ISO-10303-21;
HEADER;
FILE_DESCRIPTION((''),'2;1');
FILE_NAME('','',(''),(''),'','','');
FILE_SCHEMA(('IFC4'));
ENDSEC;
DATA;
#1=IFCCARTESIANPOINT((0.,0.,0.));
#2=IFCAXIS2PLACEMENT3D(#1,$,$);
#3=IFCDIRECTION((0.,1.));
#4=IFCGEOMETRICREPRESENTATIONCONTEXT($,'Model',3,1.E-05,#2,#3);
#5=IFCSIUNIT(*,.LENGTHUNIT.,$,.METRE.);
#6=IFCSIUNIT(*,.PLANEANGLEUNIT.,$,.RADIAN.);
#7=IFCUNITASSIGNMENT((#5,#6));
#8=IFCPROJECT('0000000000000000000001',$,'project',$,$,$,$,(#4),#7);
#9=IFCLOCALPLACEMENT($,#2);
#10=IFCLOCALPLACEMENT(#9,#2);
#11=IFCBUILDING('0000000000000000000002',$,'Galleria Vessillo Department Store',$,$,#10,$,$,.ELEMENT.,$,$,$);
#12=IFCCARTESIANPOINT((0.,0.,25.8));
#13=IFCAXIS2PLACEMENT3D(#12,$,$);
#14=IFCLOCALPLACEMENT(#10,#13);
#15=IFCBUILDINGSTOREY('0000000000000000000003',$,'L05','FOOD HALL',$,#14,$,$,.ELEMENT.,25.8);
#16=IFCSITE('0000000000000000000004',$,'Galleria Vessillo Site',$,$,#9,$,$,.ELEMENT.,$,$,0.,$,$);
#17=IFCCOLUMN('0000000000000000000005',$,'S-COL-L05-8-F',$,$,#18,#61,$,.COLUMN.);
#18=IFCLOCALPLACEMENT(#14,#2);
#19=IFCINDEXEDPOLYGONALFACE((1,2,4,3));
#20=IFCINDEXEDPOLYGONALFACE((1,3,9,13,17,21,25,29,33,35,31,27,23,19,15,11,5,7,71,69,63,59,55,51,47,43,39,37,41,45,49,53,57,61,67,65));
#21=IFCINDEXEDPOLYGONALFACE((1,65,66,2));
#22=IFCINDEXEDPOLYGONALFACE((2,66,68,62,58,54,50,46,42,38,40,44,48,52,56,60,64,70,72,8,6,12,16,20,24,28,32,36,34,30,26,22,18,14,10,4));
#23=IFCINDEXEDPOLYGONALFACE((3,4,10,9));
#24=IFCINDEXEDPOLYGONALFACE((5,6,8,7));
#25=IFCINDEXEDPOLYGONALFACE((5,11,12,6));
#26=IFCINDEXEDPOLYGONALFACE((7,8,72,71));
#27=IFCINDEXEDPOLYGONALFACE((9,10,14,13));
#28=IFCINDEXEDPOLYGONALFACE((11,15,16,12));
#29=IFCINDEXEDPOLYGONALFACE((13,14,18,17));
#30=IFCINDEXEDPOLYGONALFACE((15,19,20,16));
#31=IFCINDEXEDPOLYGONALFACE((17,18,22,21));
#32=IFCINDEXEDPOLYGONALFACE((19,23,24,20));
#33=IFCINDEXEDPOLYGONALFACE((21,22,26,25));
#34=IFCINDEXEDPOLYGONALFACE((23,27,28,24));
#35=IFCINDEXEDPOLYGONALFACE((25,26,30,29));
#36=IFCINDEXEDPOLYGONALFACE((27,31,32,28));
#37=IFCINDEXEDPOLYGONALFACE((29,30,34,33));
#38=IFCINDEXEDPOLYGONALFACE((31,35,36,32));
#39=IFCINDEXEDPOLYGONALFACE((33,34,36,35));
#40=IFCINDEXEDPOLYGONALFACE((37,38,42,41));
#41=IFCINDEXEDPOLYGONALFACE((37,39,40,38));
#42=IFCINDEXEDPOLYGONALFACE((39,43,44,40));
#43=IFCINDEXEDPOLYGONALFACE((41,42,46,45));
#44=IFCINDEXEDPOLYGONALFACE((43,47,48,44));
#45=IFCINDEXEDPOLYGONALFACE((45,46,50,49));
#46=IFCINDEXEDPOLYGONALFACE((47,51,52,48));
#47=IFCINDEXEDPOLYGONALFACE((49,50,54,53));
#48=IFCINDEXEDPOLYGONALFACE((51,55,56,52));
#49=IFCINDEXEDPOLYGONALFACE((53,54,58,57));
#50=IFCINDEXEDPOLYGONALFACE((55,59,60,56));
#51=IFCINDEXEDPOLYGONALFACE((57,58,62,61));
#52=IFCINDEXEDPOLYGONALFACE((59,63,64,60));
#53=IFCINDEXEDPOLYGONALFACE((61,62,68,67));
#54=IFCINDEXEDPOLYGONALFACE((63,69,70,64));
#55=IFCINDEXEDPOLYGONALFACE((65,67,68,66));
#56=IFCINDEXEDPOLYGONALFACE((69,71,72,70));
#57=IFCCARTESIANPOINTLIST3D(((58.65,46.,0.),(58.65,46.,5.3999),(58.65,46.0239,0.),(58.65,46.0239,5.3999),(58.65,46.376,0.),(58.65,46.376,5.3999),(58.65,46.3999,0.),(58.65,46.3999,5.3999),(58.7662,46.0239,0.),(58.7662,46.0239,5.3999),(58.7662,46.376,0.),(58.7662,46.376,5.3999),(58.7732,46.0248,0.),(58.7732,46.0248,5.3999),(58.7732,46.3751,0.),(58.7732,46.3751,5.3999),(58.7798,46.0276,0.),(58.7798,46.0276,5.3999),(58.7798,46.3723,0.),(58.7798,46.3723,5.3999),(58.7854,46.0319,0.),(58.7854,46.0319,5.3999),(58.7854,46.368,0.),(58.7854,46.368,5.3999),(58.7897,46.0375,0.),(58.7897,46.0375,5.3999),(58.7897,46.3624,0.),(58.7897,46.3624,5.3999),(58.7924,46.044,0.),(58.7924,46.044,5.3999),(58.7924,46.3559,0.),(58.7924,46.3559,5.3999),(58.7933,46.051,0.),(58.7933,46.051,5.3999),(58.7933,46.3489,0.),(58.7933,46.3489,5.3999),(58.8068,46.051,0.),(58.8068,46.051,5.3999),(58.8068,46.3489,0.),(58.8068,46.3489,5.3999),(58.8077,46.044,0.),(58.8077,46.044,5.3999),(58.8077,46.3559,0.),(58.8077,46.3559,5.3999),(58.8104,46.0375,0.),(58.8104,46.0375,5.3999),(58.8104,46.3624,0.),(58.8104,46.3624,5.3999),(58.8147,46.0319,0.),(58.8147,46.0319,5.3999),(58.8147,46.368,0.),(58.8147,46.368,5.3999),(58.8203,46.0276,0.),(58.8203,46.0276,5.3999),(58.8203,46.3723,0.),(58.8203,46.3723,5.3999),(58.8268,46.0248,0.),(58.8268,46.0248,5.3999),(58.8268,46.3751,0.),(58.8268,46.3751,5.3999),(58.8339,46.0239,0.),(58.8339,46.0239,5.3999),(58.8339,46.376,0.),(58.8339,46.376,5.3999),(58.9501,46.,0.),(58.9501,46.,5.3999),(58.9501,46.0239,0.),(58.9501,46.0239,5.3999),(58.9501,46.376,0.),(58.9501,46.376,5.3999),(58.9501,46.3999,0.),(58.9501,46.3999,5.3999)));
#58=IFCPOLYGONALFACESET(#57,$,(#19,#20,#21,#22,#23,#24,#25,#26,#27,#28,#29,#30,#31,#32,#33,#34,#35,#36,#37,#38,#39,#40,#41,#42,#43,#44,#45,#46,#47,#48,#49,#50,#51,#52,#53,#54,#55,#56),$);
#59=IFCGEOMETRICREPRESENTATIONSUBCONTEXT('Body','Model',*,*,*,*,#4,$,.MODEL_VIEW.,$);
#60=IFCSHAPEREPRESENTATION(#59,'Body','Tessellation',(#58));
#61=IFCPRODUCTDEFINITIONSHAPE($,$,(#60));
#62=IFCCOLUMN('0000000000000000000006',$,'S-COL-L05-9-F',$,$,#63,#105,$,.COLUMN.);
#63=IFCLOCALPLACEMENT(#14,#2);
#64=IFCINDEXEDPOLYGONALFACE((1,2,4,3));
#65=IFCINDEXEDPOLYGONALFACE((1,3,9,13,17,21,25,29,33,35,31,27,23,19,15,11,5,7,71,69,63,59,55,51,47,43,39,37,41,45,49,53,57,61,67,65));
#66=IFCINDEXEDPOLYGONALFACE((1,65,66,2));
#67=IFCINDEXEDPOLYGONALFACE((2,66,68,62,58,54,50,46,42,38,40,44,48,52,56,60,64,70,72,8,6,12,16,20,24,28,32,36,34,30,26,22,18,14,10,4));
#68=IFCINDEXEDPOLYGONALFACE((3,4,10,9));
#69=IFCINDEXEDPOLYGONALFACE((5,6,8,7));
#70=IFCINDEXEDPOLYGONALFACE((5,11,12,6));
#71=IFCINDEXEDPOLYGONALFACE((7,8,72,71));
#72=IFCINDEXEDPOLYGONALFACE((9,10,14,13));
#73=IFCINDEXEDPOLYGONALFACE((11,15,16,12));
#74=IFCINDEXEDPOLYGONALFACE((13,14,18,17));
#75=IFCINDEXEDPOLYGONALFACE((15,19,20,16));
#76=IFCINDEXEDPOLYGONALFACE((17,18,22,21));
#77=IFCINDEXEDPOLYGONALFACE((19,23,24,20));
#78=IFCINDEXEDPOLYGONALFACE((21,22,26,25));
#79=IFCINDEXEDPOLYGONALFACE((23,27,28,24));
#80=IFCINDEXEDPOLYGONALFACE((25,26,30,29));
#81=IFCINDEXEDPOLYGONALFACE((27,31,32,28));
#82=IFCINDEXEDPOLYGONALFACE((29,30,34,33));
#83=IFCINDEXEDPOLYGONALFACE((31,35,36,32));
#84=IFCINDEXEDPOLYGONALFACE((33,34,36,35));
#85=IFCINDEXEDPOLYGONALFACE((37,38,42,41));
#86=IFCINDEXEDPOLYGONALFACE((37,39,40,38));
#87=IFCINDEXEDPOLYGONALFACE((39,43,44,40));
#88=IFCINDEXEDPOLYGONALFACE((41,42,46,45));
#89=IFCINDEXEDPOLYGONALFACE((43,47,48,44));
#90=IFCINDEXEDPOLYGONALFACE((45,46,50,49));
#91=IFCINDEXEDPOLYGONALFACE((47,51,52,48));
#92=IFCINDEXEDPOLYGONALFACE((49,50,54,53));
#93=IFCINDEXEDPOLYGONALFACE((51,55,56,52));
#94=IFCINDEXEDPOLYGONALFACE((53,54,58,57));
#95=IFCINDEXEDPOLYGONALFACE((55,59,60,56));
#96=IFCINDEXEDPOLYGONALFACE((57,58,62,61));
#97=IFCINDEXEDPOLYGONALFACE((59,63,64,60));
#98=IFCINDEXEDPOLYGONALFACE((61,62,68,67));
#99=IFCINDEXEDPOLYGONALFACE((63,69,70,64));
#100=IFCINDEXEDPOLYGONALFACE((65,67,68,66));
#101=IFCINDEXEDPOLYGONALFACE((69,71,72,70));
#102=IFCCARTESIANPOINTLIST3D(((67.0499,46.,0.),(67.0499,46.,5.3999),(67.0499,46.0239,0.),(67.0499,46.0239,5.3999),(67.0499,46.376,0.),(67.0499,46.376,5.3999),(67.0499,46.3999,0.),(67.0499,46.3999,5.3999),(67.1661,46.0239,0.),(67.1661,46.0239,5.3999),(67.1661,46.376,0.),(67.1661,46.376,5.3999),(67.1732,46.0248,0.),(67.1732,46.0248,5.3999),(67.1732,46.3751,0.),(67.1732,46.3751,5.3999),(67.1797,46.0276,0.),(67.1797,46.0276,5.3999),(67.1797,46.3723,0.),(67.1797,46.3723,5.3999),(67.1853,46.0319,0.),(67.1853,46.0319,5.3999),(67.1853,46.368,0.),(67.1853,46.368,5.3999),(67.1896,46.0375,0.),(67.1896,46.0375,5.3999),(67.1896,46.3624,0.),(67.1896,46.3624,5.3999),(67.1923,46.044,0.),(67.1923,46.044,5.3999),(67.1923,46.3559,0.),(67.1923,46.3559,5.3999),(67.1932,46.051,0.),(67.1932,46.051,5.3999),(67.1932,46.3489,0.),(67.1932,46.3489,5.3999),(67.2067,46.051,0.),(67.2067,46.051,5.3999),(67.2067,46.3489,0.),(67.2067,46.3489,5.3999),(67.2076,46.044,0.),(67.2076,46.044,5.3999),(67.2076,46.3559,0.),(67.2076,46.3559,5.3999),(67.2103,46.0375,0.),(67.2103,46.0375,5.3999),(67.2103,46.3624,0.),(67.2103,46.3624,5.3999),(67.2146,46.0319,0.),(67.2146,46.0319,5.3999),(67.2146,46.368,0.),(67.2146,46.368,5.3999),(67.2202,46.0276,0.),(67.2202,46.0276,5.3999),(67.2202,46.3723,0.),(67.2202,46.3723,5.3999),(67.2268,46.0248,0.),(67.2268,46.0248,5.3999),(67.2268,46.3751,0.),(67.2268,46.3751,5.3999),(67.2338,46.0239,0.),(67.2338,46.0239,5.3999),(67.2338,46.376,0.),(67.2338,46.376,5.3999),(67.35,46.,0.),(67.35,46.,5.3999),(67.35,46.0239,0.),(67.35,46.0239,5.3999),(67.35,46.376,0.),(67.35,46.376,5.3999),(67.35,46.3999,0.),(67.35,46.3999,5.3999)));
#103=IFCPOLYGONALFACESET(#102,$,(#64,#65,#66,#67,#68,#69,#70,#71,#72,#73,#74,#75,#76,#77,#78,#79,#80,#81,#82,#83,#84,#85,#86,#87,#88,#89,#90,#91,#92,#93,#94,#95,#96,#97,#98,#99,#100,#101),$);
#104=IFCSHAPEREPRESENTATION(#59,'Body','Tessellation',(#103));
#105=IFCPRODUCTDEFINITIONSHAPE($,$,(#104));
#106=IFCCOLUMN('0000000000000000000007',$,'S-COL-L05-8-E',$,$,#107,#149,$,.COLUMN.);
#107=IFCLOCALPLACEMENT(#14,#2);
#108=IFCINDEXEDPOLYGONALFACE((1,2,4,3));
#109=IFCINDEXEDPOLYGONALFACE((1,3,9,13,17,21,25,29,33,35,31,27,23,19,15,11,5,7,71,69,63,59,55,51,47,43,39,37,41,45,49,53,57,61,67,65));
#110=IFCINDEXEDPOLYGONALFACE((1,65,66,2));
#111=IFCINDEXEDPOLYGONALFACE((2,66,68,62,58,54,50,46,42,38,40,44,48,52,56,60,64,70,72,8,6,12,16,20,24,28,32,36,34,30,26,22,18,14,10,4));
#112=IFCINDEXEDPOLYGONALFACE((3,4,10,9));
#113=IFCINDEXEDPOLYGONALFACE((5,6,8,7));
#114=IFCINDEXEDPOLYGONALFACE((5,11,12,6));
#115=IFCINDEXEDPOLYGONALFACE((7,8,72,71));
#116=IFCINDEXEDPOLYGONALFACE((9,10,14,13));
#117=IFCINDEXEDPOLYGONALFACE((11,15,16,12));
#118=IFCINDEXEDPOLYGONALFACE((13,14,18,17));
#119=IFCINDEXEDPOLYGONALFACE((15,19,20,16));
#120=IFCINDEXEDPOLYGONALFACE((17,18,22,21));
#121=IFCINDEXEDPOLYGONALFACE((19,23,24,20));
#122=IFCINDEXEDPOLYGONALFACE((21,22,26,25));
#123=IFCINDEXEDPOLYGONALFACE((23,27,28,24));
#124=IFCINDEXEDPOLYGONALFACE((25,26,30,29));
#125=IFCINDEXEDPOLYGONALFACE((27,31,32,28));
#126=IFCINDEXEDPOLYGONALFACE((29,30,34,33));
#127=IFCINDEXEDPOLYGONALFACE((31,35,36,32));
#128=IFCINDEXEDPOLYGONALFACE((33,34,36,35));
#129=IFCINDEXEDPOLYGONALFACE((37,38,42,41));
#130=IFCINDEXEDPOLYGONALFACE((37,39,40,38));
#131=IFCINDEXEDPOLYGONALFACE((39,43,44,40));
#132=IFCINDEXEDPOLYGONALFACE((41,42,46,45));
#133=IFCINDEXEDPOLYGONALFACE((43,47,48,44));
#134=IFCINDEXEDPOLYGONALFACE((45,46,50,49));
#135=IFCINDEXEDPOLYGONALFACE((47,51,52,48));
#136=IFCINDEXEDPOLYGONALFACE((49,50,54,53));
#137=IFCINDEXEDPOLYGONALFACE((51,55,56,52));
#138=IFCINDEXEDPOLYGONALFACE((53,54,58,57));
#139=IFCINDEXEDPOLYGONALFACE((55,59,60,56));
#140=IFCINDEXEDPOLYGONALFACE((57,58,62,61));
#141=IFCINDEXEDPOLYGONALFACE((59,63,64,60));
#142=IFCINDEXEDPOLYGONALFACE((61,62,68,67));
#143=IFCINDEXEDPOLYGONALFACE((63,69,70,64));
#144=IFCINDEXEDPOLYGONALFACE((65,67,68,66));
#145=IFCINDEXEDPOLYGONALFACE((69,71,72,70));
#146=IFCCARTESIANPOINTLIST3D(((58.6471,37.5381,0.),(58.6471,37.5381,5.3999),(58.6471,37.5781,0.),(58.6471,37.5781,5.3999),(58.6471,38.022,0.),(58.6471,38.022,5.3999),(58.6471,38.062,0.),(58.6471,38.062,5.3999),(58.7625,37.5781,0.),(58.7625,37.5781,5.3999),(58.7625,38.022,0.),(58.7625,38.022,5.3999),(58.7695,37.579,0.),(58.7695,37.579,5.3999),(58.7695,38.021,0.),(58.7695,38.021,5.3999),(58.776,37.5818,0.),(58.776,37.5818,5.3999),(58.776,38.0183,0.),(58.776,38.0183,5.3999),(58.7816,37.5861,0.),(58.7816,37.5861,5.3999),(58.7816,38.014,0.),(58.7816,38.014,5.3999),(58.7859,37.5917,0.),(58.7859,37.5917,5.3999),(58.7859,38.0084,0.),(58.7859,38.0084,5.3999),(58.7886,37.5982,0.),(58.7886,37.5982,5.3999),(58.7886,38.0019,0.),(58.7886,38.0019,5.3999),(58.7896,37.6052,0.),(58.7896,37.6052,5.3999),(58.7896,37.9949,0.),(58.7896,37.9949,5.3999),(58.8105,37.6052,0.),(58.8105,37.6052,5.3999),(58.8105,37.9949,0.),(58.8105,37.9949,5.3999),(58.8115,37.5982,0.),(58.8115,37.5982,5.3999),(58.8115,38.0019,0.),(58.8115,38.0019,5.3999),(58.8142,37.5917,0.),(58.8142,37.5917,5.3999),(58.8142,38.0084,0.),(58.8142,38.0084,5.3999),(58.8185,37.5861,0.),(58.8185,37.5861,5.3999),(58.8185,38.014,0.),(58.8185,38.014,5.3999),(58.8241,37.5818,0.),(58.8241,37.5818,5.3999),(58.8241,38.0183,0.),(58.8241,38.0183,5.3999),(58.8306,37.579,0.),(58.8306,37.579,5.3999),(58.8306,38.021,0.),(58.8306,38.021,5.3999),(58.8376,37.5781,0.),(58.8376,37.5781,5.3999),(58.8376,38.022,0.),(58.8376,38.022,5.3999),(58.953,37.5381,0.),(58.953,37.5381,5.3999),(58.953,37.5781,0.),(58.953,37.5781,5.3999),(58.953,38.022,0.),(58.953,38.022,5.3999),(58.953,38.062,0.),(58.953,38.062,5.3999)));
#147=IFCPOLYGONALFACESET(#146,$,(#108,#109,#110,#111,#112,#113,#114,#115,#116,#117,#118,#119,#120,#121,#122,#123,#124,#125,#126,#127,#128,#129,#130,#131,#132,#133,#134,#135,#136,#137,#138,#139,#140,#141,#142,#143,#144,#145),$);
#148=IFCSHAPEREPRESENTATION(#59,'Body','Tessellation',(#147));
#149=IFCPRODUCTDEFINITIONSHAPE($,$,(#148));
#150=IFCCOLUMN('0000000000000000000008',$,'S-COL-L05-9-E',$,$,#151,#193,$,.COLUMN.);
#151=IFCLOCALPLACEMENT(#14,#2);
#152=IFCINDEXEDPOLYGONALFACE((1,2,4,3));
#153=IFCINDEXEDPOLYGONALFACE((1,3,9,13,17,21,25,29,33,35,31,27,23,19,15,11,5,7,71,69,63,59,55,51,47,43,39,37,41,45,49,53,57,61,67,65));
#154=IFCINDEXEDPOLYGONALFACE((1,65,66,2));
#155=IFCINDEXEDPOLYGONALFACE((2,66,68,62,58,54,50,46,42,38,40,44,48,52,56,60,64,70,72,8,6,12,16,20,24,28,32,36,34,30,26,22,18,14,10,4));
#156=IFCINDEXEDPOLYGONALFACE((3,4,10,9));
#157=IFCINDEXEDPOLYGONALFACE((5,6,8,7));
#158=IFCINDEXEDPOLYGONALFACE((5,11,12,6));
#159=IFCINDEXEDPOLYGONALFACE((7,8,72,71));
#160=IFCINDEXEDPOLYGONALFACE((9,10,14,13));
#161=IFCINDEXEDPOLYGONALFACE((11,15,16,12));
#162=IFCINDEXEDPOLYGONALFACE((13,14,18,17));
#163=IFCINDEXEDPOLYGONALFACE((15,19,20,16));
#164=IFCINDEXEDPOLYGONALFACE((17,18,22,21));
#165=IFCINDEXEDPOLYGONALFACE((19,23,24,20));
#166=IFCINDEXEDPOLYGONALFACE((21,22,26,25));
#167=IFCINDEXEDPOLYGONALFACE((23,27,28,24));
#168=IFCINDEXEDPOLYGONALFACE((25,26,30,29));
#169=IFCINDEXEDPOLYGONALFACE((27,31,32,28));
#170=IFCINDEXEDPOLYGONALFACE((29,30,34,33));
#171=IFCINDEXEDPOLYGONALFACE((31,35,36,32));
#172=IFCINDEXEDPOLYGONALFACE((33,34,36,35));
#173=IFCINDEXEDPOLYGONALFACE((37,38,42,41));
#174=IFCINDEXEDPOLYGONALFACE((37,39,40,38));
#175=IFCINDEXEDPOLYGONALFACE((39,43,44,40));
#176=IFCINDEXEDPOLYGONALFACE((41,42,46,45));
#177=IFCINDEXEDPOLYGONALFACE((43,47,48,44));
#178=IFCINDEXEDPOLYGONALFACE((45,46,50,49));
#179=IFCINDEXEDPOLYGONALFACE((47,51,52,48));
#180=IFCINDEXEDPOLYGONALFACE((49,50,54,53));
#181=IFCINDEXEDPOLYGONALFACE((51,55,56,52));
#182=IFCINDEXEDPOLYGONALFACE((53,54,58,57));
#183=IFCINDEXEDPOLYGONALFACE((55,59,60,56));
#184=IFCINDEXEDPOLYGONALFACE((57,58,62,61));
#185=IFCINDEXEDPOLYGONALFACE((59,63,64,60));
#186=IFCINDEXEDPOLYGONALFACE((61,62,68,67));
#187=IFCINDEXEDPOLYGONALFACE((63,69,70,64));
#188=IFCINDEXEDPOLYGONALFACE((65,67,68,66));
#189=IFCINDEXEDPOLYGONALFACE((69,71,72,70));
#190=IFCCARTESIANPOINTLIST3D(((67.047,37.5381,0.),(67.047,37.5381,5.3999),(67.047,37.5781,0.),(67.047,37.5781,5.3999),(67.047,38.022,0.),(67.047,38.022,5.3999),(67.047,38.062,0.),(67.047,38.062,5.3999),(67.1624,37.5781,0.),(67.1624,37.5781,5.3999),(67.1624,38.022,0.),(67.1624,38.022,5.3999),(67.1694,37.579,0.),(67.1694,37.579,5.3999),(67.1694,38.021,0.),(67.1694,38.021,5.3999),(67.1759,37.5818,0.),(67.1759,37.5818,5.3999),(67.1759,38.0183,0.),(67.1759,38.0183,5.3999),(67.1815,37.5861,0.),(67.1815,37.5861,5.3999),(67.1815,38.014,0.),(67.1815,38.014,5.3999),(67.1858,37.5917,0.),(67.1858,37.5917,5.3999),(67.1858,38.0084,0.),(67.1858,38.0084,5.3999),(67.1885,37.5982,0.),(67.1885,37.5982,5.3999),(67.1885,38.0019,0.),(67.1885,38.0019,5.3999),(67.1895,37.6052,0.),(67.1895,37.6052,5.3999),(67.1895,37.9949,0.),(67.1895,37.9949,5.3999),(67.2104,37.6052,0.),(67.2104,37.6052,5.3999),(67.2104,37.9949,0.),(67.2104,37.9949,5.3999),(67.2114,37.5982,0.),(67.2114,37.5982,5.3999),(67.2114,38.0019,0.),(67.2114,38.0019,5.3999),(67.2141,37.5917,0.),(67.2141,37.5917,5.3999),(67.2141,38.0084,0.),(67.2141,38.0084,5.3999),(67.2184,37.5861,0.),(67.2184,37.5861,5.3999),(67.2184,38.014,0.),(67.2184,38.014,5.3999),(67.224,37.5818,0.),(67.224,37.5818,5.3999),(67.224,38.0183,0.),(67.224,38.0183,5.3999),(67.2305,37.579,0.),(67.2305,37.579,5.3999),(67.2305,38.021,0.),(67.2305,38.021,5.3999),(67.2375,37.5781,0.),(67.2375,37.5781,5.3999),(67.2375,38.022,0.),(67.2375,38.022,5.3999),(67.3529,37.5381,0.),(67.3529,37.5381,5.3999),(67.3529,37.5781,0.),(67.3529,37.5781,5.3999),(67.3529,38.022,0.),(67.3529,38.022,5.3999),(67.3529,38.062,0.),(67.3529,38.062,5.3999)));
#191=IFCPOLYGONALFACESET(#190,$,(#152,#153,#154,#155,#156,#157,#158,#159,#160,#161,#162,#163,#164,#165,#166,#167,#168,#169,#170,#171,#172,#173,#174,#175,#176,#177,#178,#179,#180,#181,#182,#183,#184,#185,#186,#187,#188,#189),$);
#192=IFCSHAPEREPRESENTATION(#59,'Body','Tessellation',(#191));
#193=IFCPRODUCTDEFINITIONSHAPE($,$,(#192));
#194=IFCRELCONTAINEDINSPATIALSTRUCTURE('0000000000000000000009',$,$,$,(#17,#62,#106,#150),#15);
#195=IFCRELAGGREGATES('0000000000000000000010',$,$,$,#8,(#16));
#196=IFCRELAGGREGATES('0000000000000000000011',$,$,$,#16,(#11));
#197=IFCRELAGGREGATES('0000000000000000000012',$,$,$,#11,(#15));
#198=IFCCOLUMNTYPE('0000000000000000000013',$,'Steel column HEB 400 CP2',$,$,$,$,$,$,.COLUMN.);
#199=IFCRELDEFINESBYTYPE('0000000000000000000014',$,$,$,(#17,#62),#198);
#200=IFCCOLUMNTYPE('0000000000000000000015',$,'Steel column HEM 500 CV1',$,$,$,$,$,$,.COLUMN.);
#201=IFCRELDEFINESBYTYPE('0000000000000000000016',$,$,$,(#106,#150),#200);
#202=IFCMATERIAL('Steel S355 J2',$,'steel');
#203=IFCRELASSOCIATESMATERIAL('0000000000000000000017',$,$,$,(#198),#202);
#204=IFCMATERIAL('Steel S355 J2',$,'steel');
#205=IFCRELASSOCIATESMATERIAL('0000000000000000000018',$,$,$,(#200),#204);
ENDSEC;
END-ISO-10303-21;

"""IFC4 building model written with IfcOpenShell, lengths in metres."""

from ifc_helpers import new_model, si_unit, direction, frame, origin, origin_2d, place, context, subcontext, project, spatial, i_section, extrude, material, material_profile, profile_set, type_object, element, save


model = new_model("IFC4")

# Units and contexts
model_context = context("Model", 3, precision=1e-05, world=origin(), true_north=direction((0.0, 1.0)))
body_context = subcontext(model_context, "Body", "Model", "MODEL_VIEW")
ifc_project = project(units=[si_unit("LENGTHUNIT", "METRE"), si_unit("PLANEANGLEUNIT", "RADIAN")], contexts=[model_context])

# Site, building, storey
site_placement = place(None, origin())
site = spatial("IfcSite", under=ifc_project, at=site_placement, Name="Galleria Vessillo Site", CompositionType="ELEMENT", RefElevation=0.0)
building_placement = place(site_placement, origin())
building = spatial("IfcBuilding", under=site, at=building_placement, Name="Galleria Vessillo Department Store", CompositionType="ELEMENT")
storey_placement = place(building_placement, frame((0.0, 0.0, 25.8)))
storey = spatial("IfcBuildingStorey", under=building, at=storey_placement, Name="L05", Description="FOOD HALL", CompositionType="ELEMENT", Elevation=25.8)

# Columns
ifc_material_1 = material(Name="Steel S355 J2", Category="steel")
ifc_material_profile_1 = material_profile(ifc_material_1, i_section(OverallWidth=0.3, OverallDepth=0.3999, WebThickness=0.0134, FlangeThickness=0.0239, FilletRadius=0.0271, at=origin_2d()), Name="HEB 400")
ifc_profile_set_1 = profile_set([ifc_material_profile_1], Name="Steel S355 J2")
column_type_1 = type_object("IfcColumnType", Name="Steel column HEB 400 CP2", PredefinedType="COLUMN", material=ifc_profile_set_1)
for number, where, z_axis, x_axis, name in (
    (1, (58.8, 46.2, 0.0), (0.0, 0.0, 1.0), (1.0, 0.0, 0.0), "S-COL-L05-8-F"),
    (2, (67.2, 46.2, 0.0), (0.0, 0.0, 1.0), (1.0, 0.0, 0.0), "S-COL-L05-9-F"),
):
    element("IfcColumn", number, at=place(storey_placement, frame(where, z_axis=z_axis, x_axis=x_axis)), inside=storey, type_object=column_type_1, Name=name, PredefinedType="COLUMN", context=body_context, shape_type="SweptSolid", body=[
        extrude(i_section(OverallWidth=0.3, OverallDepth=0.3999, WebThickness=0.0134, FlangeThickness=0.0239, FilletRadius=0.0271, at=origin_2d()), origin(), (0.0, 0.0, 1.0), 5.3999),
    ])
ifc_material_2 = material(Name="Steel S355 J2", Category="steel")
ifc_material_profile_2 = material_profile(ifc_material_2, i_section(OverallWidth=0.3059, OverallDepth=0.5239, WebThickness=0.021, FlangeThickness=0.04, FilletRadius=0.0271, at=origin_2d()), Name="HEM 500")
ifc_profile_set_2 = profile_set([ifc_material_profile_2], Name="Steel S355 J2")
column_type_2 = type_object("IfcColumnType", Name="Steel column HEM 500 CV1", PredefinedType="COLUMN", material=ifc_profile_set_2)
for number, where, z_axis, x_axis, name in (
    (3, (58.8, 37.8, 0.0), (0.0, 0.0, 1.0), (1.0, 0.0, 0.0), "S-COL-L05-8-E"),
    (4, (67.2, 37.8, 0.0), (0.0, 0.0, 1.0), (1.0, 0.0, 0.0), "S-COL-L05-9-E"),
):
    element("IfcColumn", number, at=place(storey_placement, frame(where, z_axis=z_axis, x_axis=x_axis)), inside=storey, type_object=column_type_2, Name=name, PredefinedType="COLUMN", context=body_context, shape_type="SweptSolid", body=[
        extrude(i_section(OverallWidth=0.3059, OverallDepth=0.5239, WebThickness=0.021, FlangeThickness=0.04, FilletRadius=0.0271, at=origin_2d()), origin(), (0.0, 0.0, 1.0), 5.3999),
    ])

save(model, "model.ifc")
